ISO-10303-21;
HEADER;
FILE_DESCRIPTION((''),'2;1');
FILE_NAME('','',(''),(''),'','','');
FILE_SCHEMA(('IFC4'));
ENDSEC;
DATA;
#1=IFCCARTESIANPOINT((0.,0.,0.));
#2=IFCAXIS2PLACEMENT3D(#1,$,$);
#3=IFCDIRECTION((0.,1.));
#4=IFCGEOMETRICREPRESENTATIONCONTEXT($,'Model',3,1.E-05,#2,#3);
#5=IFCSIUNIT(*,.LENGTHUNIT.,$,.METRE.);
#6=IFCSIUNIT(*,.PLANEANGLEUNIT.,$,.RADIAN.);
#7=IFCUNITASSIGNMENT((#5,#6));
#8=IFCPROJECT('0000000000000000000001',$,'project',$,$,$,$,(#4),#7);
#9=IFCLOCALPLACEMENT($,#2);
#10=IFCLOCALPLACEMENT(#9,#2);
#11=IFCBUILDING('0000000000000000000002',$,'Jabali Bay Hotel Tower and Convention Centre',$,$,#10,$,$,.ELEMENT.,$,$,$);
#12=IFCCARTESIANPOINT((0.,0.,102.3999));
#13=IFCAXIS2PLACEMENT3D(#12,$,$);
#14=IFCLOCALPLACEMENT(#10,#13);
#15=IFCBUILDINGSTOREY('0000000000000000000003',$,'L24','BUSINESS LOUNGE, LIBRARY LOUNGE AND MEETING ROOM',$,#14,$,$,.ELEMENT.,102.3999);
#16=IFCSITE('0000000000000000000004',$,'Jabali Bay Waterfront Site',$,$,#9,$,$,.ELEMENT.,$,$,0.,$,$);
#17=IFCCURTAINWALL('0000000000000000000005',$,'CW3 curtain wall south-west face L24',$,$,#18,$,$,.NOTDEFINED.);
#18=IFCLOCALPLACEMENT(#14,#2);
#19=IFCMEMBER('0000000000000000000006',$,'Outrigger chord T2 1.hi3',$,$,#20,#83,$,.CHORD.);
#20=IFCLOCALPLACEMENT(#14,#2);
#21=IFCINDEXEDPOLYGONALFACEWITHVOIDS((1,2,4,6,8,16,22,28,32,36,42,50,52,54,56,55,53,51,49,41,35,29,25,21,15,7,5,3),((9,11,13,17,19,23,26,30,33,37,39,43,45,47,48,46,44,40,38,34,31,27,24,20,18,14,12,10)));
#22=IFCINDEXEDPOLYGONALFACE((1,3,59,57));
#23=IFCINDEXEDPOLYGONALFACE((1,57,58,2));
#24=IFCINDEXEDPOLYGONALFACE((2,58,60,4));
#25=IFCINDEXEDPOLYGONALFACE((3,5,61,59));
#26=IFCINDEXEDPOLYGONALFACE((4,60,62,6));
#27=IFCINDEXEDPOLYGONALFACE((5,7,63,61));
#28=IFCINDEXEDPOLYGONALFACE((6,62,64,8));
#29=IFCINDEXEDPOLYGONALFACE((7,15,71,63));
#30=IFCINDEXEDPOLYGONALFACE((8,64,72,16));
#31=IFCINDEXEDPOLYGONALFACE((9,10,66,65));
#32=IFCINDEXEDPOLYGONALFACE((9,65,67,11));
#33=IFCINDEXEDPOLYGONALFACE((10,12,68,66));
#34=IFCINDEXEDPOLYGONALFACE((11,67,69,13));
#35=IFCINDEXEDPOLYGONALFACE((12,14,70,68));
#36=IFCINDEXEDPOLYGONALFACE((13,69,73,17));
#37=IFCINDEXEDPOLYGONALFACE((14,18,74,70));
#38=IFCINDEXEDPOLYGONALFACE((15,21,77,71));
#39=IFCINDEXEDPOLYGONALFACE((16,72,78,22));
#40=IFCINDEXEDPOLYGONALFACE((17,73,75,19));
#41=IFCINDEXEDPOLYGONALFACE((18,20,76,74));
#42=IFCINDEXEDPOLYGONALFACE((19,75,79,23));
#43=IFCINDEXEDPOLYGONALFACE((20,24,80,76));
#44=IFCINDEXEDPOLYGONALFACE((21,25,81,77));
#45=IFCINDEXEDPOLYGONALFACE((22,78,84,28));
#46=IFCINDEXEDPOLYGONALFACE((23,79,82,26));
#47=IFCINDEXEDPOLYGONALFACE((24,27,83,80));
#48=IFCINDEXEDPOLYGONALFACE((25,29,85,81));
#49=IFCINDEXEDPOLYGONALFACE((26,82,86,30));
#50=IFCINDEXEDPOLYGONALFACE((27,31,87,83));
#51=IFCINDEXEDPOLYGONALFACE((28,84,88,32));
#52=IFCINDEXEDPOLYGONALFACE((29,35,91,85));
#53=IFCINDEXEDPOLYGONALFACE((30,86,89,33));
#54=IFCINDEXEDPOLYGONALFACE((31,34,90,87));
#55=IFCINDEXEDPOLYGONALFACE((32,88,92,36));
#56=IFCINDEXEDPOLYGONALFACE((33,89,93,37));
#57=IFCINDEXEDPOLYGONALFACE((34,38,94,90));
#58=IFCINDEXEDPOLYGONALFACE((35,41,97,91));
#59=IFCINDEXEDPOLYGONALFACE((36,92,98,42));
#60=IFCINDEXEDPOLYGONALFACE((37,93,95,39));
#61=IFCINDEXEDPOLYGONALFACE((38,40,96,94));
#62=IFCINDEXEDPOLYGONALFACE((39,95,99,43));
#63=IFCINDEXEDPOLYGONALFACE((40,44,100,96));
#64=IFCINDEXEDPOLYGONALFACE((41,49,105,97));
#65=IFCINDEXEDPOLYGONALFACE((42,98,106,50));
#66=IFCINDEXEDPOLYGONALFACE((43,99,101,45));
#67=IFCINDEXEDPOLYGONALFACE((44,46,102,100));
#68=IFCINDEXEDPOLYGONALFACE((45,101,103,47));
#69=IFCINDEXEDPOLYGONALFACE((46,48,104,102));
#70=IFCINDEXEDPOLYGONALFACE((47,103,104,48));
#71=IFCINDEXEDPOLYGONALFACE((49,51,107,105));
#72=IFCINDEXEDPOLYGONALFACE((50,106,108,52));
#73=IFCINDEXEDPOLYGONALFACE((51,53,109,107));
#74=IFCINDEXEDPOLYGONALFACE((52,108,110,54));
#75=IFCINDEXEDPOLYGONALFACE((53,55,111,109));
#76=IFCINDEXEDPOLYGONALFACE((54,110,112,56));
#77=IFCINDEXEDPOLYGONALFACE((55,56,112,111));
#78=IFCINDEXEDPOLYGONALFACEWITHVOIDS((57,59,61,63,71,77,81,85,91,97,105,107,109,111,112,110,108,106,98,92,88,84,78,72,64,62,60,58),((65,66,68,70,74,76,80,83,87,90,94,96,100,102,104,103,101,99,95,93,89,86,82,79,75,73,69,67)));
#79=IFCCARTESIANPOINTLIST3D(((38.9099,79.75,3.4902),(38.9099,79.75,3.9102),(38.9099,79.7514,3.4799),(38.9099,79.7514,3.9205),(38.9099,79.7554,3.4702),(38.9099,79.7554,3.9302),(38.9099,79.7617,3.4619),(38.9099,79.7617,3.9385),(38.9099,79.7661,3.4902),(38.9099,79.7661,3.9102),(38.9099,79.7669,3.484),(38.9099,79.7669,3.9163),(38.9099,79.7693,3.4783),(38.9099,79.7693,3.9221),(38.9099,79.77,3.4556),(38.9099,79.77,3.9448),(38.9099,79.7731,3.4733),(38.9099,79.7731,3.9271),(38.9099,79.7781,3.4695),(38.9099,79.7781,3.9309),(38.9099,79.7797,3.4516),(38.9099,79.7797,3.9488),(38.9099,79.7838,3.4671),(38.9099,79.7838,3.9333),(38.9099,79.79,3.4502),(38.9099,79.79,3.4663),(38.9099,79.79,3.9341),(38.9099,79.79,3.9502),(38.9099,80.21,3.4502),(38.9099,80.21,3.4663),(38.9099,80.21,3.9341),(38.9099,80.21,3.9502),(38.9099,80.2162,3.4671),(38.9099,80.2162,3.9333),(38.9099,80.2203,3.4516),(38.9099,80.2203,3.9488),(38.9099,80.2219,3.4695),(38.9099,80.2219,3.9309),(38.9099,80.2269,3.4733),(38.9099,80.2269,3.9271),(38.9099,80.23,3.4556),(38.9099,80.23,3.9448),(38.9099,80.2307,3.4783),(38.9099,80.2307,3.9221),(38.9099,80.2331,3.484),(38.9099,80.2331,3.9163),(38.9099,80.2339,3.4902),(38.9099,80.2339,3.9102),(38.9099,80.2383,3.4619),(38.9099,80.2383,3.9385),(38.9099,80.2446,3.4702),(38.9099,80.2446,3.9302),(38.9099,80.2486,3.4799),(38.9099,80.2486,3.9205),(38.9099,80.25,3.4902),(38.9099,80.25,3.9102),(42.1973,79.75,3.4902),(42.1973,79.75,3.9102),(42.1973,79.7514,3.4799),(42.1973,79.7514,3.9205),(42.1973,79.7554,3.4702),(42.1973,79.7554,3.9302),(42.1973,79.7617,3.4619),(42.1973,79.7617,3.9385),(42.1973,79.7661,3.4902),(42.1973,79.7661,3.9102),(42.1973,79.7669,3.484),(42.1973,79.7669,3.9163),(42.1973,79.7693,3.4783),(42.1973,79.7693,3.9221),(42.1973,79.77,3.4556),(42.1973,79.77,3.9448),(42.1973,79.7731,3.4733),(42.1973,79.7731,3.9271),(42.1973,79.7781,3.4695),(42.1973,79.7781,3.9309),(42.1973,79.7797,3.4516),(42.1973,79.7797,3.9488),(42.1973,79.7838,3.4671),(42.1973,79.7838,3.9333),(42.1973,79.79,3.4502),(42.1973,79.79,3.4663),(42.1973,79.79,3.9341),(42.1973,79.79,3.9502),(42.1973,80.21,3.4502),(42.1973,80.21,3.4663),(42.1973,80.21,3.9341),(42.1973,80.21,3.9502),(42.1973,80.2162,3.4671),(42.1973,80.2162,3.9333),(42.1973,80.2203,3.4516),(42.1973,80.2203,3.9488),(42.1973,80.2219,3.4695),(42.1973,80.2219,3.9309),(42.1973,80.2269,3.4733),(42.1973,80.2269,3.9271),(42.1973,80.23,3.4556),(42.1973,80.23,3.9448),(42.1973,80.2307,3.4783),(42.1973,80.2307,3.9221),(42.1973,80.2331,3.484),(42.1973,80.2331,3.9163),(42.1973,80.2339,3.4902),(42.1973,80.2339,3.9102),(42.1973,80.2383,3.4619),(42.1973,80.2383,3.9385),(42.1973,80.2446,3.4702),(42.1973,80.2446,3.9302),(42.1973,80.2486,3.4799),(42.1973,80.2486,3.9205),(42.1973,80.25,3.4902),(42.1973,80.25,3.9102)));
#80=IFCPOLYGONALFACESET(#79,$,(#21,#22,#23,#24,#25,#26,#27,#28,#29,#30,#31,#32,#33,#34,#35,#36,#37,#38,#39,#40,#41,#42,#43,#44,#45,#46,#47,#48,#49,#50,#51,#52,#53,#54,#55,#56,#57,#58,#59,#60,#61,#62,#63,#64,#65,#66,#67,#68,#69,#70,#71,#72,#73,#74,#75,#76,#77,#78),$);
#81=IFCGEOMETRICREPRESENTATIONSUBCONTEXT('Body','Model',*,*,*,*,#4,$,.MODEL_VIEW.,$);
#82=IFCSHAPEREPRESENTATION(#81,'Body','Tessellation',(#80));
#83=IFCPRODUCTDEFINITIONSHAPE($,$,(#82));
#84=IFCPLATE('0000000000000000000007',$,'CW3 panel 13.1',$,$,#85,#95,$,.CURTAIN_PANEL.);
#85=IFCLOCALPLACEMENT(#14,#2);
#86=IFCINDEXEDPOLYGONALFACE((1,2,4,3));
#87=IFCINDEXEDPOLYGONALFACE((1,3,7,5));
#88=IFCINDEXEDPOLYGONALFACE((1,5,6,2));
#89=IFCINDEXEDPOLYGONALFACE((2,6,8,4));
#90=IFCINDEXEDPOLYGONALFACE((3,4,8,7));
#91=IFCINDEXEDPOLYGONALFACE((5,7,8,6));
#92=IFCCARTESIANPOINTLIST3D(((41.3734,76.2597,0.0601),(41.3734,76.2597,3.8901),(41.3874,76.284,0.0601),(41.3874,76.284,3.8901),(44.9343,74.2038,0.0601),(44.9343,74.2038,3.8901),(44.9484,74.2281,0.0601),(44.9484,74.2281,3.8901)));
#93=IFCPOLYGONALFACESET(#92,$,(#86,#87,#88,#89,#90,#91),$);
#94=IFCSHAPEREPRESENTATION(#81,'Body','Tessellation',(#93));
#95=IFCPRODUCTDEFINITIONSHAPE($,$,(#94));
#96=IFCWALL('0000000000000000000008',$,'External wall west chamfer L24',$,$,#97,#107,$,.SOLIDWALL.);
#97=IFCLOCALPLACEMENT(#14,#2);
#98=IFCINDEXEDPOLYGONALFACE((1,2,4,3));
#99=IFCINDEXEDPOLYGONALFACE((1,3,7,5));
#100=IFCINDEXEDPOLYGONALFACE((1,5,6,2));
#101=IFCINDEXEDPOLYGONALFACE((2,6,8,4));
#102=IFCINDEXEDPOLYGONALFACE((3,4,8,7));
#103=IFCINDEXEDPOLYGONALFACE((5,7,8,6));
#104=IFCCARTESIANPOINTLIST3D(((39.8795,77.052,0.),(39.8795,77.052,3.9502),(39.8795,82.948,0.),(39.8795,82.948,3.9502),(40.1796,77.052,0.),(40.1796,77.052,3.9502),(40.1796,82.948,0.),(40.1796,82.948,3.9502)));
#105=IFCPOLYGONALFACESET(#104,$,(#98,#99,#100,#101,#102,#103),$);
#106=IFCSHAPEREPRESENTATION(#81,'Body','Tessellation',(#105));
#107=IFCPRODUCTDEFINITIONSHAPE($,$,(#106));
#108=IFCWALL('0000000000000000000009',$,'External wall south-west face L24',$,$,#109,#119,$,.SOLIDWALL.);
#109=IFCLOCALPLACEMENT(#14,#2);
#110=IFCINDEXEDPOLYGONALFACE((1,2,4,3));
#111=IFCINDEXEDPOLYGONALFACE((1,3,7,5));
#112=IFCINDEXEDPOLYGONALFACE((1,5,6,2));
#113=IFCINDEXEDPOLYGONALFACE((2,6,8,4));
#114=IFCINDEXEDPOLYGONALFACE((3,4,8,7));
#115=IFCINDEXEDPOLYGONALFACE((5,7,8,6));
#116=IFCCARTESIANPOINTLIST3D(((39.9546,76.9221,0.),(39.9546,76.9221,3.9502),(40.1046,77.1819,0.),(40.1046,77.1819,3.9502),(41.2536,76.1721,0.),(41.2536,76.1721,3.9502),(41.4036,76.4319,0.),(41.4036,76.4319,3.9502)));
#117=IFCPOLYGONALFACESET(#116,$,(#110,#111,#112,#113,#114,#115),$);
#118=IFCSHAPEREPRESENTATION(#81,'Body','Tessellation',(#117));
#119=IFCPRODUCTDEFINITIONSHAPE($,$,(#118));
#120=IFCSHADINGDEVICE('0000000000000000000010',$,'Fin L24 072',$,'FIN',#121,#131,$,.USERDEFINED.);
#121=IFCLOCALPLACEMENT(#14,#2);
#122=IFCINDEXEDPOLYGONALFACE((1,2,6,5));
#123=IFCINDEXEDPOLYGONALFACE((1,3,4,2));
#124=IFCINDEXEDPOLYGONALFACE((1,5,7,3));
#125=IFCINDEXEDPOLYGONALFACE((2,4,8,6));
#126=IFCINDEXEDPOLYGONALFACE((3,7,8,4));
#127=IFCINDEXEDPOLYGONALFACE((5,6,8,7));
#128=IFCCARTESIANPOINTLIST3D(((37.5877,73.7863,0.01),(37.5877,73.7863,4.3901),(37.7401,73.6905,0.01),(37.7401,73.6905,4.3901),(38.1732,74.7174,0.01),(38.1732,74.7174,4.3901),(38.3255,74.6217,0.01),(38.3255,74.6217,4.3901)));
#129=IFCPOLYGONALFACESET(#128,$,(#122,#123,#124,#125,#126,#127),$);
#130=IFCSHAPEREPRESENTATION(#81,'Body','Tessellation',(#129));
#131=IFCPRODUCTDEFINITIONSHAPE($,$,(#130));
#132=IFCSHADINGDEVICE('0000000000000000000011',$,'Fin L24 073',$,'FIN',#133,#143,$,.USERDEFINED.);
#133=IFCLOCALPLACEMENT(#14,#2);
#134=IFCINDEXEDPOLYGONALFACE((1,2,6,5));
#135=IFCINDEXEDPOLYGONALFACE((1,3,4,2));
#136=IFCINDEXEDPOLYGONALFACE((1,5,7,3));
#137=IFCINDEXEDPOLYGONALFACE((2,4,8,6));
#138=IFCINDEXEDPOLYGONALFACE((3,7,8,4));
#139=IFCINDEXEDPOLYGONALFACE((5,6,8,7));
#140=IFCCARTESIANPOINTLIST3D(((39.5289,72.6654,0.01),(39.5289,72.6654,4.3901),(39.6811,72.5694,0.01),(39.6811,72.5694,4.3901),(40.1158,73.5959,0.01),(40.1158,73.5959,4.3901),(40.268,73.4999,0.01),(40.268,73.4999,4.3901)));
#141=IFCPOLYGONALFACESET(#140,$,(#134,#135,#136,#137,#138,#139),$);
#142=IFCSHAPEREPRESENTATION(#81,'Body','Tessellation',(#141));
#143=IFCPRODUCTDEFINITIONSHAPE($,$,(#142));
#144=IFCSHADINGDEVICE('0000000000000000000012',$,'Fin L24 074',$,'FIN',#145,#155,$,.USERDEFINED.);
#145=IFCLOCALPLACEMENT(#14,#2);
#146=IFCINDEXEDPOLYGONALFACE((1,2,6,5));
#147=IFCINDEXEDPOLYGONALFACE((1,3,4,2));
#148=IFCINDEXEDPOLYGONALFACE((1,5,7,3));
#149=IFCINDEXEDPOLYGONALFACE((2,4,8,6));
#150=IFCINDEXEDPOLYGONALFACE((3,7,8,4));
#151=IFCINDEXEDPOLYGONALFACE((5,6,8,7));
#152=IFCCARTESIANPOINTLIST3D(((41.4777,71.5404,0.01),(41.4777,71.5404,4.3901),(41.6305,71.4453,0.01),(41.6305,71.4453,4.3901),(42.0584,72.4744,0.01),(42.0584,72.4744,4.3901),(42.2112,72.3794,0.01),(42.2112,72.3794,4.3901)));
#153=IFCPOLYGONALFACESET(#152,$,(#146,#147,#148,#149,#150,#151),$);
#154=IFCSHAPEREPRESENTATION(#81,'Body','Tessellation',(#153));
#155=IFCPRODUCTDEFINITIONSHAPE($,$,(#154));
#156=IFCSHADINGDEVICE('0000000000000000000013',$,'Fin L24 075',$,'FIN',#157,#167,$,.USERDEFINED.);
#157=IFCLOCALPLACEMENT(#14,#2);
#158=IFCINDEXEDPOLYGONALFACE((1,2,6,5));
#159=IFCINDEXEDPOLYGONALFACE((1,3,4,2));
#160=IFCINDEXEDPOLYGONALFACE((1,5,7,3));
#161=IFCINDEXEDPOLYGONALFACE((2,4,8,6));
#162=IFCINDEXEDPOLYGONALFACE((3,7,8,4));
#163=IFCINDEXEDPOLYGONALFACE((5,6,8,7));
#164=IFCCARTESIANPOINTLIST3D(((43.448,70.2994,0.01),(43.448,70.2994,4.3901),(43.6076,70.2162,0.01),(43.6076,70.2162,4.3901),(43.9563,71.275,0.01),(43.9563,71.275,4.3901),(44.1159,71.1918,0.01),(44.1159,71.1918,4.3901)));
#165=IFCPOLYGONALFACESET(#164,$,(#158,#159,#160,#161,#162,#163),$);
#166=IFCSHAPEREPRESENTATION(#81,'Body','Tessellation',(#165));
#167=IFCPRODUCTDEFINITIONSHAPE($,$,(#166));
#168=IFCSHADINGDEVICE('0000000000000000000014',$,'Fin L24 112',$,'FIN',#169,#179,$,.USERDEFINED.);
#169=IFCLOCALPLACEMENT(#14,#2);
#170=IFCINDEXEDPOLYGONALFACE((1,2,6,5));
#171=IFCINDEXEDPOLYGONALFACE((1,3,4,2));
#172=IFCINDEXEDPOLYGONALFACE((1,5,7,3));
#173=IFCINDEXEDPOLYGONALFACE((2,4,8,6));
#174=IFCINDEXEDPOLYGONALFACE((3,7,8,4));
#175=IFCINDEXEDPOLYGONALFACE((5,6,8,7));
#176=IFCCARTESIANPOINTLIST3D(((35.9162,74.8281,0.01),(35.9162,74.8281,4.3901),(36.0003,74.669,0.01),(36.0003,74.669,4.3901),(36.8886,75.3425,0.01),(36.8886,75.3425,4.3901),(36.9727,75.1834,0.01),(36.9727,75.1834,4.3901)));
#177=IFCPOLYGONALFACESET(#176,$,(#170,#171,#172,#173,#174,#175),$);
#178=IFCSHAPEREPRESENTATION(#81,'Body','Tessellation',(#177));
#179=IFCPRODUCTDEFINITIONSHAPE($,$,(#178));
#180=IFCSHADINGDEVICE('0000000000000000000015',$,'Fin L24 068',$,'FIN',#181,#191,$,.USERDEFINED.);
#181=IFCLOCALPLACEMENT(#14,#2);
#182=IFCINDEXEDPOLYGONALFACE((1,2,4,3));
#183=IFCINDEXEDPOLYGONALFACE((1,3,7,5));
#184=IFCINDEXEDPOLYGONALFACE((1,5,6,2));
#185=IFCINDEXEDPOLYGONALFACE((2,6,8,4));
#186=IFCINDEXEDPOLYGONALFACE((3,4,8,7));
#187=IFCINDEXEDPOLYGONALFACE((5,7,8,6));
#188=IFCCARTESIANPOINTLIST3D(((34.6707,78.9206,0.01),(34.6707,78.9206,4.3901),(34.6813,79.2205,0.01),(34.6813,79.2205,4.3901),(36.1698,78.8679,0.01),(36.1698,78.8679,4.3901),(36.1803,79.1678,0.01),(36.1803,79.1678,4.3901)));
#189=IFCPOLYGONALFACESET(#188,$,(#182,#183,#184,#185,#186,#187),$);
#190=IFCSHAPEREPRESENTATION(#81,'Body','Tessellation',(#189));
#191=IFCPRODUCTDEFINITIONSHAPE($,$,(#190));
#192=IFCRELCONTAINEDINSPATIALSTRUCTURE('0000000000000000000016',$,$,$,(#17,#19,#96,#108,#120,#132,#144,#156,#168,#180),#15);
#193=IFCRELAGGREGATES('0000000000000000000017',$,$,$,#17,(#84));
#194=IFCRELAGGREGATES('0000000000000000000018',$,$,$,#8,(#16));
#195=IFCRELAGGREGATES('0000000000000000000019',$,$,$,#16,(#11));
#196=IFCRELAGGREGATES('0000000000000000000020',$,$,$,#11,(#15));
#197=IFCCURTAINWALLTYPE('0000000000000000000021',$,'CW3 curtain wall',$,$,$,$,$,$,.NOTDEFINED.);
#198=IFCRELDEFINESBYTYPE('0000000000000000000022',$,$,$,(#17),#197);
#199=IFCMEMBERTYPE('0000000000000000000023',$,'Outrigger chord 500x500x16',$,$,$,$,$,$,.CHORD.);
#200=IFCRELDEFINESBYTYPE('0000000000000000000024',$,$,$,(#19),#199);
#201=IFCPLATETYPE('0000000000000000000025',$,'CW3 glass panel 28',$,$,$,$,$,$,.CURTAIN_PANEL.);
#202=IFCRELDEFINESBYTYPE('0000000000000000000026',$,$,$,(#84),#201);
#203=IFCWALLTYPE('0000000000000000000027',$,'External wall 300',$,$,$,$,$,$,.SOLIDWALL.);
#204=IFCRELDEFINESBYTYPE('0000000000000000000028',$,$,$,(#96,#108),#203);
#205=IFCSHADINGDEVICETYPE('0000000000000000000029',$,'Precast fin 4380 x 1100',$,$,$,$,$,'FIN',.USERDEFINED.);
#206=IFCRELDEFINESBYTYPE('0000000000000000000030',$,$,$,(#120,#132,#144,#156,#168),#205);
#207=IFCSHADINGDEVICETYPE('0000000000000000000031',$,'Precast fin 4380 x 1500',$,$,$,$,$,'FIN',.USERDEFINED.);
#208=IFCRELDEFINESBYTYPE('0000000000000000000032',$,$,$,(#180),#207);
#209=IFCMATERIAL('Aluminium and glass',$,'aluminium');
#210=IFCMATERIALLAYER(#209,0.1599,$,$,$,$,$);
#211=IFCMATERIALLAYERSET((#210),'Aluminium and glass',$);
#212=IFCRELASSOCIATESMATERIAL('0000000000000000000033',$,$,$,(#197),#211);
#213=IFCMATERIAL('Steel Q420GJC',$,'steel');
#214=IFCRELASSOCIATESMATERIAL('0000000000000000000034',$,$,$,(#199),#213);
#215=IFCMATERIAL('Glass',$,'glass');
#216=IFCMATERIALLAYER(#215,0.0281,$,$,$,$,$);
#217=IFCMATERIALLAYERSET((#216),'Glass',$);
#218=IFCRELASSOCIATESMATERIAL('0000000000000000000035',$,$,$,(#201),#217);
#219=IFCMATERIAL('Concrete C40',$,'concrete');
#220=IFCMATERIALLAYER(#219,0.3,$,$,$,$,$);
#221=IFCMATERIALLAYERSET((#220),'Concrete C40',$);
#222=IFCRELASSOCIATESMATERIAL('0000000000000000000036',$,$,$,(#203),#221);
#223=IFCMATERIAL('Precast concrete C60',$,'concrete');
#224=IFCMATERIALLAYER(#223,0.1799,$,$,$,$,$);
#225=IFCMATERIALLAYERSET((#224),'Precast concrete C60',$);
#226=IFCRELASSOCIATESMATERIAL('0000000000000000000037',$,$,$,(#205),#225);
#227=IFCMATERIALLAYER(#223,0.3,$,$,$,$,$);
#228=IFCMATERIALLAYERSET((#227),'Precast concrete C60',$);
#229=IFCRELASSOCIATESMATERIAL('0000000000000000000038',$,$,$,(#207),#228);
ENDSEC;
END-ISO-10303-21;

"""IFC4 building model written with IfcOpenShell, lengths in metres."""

from ifc_helpers import new_model, si_unit, direction, frame, frame_2d, origin, origin_2d, place, context, subcontext, project, spatial, rectangle, hollow_rectangle, extrude, material, layer, layer_set, material_profile, profile_set, type_object, element, aggregate, save


model = new_model("IFC4")

# Units and contexts
model_context = context("Model", 3, precision=1e-05, world=origin(), true_north=direction((0.0, 1.0)))
body_context = subcontext(model_context, "Body", "Model", "MODEL_VIEW")
ifc_project = project(units=[si_unit("LENGTHUNIT", "METRE"), si_unit("PLANEANGLEUNIT", "RADIAN")], contexts=[model_context])

# Site, building, storey
site_placement = place(None, origin())
site = spatial("IfcSite", under=ifc_project, at=site_placement, Name="Jabali Bay Waterfront Site", CompositionType="ELEMENT", RefElevation=0.0)
building_placement = place(site_placement, origin())
building = spatial("IfcBuilding", under=site, at=building_placement, Name="Jabali Bay Hotel Tower and Convention Centre", CompositionType="ELEMENT")
storey_placement = place(building_placement, frame((0.0, 0.0, 102.3999)))
storey = spatial("IfcBuildingStorey", under=building, at=storey_placement, Name="L24", Description="BUSINESS LOUNGE, LIBRARY LOUNGE AND MEETING ROOM", CompositionType="ELEMENT", Elevation=102.3999)

# Shared definitions
ifc_material_1 = material(Name="Steel Q420GJC", Category="steel")

# Curtain wall
ifc_material_2 = material(Name="Aluminium and glass", Category="aluminium")
ifc_layer_1 = layer(ifc_material_2, 0.1599)
ifc_layer_set_1 = layer_set([ifc_layer_1], Name="Aluminium and glass")
curtain_wall_type = type_object("IfcCurtainWallType", Name="CW3 curtain wall", PredefinedType="NOTDEFINED", material=ifc_layer_set_1)
curtain_wall_placement = place(storey_placement, origin())
curtain_wall = element("IfcCurtainWall", 1, at=curtain_wall_placement, inside=storey, type_object=curtain_wall_type, Name="CW3 curtain wall south-west face L24", PredefinedType="NOTDEFINED")

# Member
ifc_material_profile_1 = material_profile(ifc_material_1, hollow_rectangle(XDim=0.5, YDim=0.5, WallThickness=0.0161, InnerFilletRadius=0.0239, OuterFilletRadius=0.04, at=origin_2d()), Name="Outrigger chord 500x500x16")
ifc_profile_set_1 = profile_set([ifc_material_profile_1], Name="Steel Q420GJC")
member_type_1 = type_object("IfcMemberType", Name="Outrigger chord 500x500x16", PredefinedType="CHORD", material=ifc_profile_set_1)
member_1_placement = place(storey_placement, frame((42.1973, 80.0, 3.7002), z_axis=(-1.0, 0.0, 0.0), x_axis=(0.0, -1.0, 0.0)))
element("IfcMember", 2, at=member_1_placement, inside=storey, type_object=member_type_1, Name="Outrigger chord T2 1.hi3", PredefinedType="CHORD", context=body_context, shape_type="SweptSolid", body=[
    extrude(hollow_rectangle(XDim=0.5, YDim=0.5, WallThickness=0.0161, InnerFilletRadius=0.0239, OuterFilletRadius=0.04, at=origin_2d()), origin(), (0.0, 0.0, 1.0), 3.2874),
])

# Plate
ifc_material_3 = material(Name="Glass", Category="glass")
ifc_layer_2 = layer(ifc_material_3, 0.0281)
ifc_layer_set_2 = layer_set([ifc_layer_2], Name="Glass")
plate_type = type_object("IfcPlateType", Name="CW3 glass panel 28", PredefinedType="CURTAIN_PANEL", material=ifc_layer_set_2)
plate_placement = place(storey_placement, frame((43.1609, 75.2439, 0.0601), z_axis=(0.0, 0.0, 1.0), x_axis=(-0.866025, 0.5, 0.0)))
plate = element("IfcPlate", 3, at=plate_placement, type_object=plate_type, Name="CW3 panel 13.1", PredefinedType="CURTAIN_PANEL", context=body_context, shape_type="SweptSolid", body=[
    extrude(rectangle(XDim=4.1118, YDim=0.0281, at=origin_2d()), origin(), (0.0, 0.0, 1.0), 3.8301),
])
aggregate(curtain_wall, [plate])

# Walls
ifc_material_4 = material(Name="Concrete C40", Category="concrete")
ifc_layer_3 = layer(ifc_material_4, 0.3)
ifc_layer_set_3 = layer_set([ifc_layer_3], Name="Concrete C40")
wall_type = type_object("IfcWallType", Name="External wall 300", PredefinedType="SOLIDWALL", material=ifc_layer_set_3)
wall_1_placement = place(storey_placement, frame((40.0295, 77.052, 0.0), z_axis=(0.0, 0.0, 1.0), x_axis=(0.0, 1.0, 0.0)))
element("IfcWall", 4, at=wall_1_placement, inside=storey, type_object=wall_type, Name="External wall west chamfer L24", PredefinedType="SOLIDWALL", context=body_context, shape_type="SweptSolid", body=[
    extrude(rectangle(XDim=5.896, YDim=0.3, at=frame_2d((2.948, 0.0))), origin(), (0.0, 0.0, 1.0), 3.9502),
])
wall_2_placement = place(storey_placement, frame((41.3286, 76.302, 0.0), z_axis=(0.0, 0.0, 1.0), x_axis=(-0.866031, 0.49999, 0.0)))
element("IfcWall", 5, at=wall_2_placement, inside=storey, type_object=wall_type, Name="External wall south-west face L24", PredefinedType="SOLIDWALL", context=body_context, shape_type="SweptSolid", body=[
    extrude(rectangle(XDim=1.5, YDim=0.3, at=frame_2d((0.75, 0.0))), origin(), (0.0, 0.0, 1.0), 3.9502),
])

# Shading devices
ifc_material_5 = material(Name="Precast concrete C60", Category="concrete")
ifc_layer_4 = layer(ifc_material_5, 0.1799)
ifc_layer_set_4 = layer_set([ifc_layer_4], Name="Precast concrete C60")
shading_device_type_1 = type_object("IfcShadingDeviceType", Name="Precast fin 4380 x 1100", ElementType="FIN", PredefinedType="USERDEFINED", material=ifc_layer_set_4)
shading_device_1_placement = place(storey_placement, frame((38.2493, 74.6694, 0.01), z_axis=(0.0, 0.0, 1.0), x_axis=(-0.532272, -0.846574, 0.0)))
element("IfcShadingDevice", 6, at=shading_device_1_placement, inside=storey, type_object=shading_device_type_1, Name="Fin L24 072", ObjectType="FIN", PredefinedType="USERDEFINED", context=body_context, shape_type="SweptSolid", body=[
    extrude(rectangle(XDim=1.0999, YDim=0.1799, at=frame_2d((0.5498, 0.0))), origin(), (0.0, 0.0, 1.0), 4.3801),
])
shading_device_2_placement = place(storey_placement, frame((40.1919, 73.5479, 0.01), z_axis=(0.0, 0.0, 1.0), x_axis=(-0.533525, -0.845784, 0.0)))
element("IfcShadingDevice", 7, at=shading_device_2_placement, inside=storey, type_object=shading_device_type_1, Name="Fin L24 073", ObjectType="FIN", PredefinedType="USERDEFINED", context=body_context, shape_type="SweptSolid", body=[
    extrude(rectangle(XDim=1.1001, YDim=0.1799, at=frame_2d((0.55, 0.0))), origin(), (0.0, 0.0, 1.0), 4.3801),
])
shading_device_3_placement = place(storey_placement, frame((42.1348, 72.4268, 0.01), z_axis=(0.0, 0.0, 1.0), x_axis=(-0.528042, -0.849218, 0.0)))
element("IfcShadingDevice", 8, at=shading_device_3_placement, inside=storey, type_object=shading_device_type_1, Name="Fin L24 074", ObjectType="FIN", PredefinedType="USERDEFINED", context=body_context, shape_type="SweptSolid", body=[
    extrude(rectangle(XDim=1.0999, YDim=0.1799, at=frame_2d((0.5498, 0.0))), origin(), (0.0, 0.0, 1.0), 4.3801),
])
for number, where, z_axis, x_axis, name in (
    (9, (44.0361, 71.2334, 0.01), (0.0, 0.0, 1.0), (-0.462065, -0.886846, 0.0), "Fin L24 075"),
    (10, (36.9307, 75.2629, 0.01), (0.0, 0.0, 1.0), (-0.883939, -0.467602, 0.0), "Fin L24 112"),
):
    element("IfcShadingDevice", number, at=place(storey_placement, frame(where, z_axis=z_axis, x_axis=x_axis)), inside=storey, type_object=shading_device_type_1, Name=name, ObjectType="FIN", PredefinedType="USERDEFINED", context=body_context, shape_type="SweptSolid", body=[
        extrude(rectangle(XDim=1.1001, YDim=0.1799, at=frame_2d((0.55, 0.0))), origin(), (0.0, 0.0, 1.0), 4.3801),
    ])
ifc_layer_5 = layer(ifc_material_5, 0.3)
ifc_layer_set_5 = layer_set([ifc_layer_5], Name="Precast concrete C60")
shading_device_type_2 = type_object("IfcShadingDeviceType", Name="Precast fin 4380 x 1500", ElementType="FIN", PredefinedType="USERDEFINED", material=ifc_layer_set_5)
for number, where, z_axis, x_axis, name in (
    (11, (36.175, 79.0178, 0.01), (0.0, 0.0, 1.0), (-0.999382, 0.035157, 0.0), "Fin L24 068"),
):
    element("IfcShadingDevice", number, at=place(storey_placement, frame(where, z_axis=z_axis, x_axis=x_axis)), inside=storey, type_object=shading_device_type_2, Name=name, ObjectType="FIN", PredefinedType="USERDEFINED", context=body_context, shape_type="SweptSolid", body=[
        extrude(rectangle(XDim=1.5, YDim=0.3, at=frame_2d((0.75, 0.0))), origin(), (0.0, 0.0, 1.0), 4.3801),
    ])

save(model, "model.ifc")
